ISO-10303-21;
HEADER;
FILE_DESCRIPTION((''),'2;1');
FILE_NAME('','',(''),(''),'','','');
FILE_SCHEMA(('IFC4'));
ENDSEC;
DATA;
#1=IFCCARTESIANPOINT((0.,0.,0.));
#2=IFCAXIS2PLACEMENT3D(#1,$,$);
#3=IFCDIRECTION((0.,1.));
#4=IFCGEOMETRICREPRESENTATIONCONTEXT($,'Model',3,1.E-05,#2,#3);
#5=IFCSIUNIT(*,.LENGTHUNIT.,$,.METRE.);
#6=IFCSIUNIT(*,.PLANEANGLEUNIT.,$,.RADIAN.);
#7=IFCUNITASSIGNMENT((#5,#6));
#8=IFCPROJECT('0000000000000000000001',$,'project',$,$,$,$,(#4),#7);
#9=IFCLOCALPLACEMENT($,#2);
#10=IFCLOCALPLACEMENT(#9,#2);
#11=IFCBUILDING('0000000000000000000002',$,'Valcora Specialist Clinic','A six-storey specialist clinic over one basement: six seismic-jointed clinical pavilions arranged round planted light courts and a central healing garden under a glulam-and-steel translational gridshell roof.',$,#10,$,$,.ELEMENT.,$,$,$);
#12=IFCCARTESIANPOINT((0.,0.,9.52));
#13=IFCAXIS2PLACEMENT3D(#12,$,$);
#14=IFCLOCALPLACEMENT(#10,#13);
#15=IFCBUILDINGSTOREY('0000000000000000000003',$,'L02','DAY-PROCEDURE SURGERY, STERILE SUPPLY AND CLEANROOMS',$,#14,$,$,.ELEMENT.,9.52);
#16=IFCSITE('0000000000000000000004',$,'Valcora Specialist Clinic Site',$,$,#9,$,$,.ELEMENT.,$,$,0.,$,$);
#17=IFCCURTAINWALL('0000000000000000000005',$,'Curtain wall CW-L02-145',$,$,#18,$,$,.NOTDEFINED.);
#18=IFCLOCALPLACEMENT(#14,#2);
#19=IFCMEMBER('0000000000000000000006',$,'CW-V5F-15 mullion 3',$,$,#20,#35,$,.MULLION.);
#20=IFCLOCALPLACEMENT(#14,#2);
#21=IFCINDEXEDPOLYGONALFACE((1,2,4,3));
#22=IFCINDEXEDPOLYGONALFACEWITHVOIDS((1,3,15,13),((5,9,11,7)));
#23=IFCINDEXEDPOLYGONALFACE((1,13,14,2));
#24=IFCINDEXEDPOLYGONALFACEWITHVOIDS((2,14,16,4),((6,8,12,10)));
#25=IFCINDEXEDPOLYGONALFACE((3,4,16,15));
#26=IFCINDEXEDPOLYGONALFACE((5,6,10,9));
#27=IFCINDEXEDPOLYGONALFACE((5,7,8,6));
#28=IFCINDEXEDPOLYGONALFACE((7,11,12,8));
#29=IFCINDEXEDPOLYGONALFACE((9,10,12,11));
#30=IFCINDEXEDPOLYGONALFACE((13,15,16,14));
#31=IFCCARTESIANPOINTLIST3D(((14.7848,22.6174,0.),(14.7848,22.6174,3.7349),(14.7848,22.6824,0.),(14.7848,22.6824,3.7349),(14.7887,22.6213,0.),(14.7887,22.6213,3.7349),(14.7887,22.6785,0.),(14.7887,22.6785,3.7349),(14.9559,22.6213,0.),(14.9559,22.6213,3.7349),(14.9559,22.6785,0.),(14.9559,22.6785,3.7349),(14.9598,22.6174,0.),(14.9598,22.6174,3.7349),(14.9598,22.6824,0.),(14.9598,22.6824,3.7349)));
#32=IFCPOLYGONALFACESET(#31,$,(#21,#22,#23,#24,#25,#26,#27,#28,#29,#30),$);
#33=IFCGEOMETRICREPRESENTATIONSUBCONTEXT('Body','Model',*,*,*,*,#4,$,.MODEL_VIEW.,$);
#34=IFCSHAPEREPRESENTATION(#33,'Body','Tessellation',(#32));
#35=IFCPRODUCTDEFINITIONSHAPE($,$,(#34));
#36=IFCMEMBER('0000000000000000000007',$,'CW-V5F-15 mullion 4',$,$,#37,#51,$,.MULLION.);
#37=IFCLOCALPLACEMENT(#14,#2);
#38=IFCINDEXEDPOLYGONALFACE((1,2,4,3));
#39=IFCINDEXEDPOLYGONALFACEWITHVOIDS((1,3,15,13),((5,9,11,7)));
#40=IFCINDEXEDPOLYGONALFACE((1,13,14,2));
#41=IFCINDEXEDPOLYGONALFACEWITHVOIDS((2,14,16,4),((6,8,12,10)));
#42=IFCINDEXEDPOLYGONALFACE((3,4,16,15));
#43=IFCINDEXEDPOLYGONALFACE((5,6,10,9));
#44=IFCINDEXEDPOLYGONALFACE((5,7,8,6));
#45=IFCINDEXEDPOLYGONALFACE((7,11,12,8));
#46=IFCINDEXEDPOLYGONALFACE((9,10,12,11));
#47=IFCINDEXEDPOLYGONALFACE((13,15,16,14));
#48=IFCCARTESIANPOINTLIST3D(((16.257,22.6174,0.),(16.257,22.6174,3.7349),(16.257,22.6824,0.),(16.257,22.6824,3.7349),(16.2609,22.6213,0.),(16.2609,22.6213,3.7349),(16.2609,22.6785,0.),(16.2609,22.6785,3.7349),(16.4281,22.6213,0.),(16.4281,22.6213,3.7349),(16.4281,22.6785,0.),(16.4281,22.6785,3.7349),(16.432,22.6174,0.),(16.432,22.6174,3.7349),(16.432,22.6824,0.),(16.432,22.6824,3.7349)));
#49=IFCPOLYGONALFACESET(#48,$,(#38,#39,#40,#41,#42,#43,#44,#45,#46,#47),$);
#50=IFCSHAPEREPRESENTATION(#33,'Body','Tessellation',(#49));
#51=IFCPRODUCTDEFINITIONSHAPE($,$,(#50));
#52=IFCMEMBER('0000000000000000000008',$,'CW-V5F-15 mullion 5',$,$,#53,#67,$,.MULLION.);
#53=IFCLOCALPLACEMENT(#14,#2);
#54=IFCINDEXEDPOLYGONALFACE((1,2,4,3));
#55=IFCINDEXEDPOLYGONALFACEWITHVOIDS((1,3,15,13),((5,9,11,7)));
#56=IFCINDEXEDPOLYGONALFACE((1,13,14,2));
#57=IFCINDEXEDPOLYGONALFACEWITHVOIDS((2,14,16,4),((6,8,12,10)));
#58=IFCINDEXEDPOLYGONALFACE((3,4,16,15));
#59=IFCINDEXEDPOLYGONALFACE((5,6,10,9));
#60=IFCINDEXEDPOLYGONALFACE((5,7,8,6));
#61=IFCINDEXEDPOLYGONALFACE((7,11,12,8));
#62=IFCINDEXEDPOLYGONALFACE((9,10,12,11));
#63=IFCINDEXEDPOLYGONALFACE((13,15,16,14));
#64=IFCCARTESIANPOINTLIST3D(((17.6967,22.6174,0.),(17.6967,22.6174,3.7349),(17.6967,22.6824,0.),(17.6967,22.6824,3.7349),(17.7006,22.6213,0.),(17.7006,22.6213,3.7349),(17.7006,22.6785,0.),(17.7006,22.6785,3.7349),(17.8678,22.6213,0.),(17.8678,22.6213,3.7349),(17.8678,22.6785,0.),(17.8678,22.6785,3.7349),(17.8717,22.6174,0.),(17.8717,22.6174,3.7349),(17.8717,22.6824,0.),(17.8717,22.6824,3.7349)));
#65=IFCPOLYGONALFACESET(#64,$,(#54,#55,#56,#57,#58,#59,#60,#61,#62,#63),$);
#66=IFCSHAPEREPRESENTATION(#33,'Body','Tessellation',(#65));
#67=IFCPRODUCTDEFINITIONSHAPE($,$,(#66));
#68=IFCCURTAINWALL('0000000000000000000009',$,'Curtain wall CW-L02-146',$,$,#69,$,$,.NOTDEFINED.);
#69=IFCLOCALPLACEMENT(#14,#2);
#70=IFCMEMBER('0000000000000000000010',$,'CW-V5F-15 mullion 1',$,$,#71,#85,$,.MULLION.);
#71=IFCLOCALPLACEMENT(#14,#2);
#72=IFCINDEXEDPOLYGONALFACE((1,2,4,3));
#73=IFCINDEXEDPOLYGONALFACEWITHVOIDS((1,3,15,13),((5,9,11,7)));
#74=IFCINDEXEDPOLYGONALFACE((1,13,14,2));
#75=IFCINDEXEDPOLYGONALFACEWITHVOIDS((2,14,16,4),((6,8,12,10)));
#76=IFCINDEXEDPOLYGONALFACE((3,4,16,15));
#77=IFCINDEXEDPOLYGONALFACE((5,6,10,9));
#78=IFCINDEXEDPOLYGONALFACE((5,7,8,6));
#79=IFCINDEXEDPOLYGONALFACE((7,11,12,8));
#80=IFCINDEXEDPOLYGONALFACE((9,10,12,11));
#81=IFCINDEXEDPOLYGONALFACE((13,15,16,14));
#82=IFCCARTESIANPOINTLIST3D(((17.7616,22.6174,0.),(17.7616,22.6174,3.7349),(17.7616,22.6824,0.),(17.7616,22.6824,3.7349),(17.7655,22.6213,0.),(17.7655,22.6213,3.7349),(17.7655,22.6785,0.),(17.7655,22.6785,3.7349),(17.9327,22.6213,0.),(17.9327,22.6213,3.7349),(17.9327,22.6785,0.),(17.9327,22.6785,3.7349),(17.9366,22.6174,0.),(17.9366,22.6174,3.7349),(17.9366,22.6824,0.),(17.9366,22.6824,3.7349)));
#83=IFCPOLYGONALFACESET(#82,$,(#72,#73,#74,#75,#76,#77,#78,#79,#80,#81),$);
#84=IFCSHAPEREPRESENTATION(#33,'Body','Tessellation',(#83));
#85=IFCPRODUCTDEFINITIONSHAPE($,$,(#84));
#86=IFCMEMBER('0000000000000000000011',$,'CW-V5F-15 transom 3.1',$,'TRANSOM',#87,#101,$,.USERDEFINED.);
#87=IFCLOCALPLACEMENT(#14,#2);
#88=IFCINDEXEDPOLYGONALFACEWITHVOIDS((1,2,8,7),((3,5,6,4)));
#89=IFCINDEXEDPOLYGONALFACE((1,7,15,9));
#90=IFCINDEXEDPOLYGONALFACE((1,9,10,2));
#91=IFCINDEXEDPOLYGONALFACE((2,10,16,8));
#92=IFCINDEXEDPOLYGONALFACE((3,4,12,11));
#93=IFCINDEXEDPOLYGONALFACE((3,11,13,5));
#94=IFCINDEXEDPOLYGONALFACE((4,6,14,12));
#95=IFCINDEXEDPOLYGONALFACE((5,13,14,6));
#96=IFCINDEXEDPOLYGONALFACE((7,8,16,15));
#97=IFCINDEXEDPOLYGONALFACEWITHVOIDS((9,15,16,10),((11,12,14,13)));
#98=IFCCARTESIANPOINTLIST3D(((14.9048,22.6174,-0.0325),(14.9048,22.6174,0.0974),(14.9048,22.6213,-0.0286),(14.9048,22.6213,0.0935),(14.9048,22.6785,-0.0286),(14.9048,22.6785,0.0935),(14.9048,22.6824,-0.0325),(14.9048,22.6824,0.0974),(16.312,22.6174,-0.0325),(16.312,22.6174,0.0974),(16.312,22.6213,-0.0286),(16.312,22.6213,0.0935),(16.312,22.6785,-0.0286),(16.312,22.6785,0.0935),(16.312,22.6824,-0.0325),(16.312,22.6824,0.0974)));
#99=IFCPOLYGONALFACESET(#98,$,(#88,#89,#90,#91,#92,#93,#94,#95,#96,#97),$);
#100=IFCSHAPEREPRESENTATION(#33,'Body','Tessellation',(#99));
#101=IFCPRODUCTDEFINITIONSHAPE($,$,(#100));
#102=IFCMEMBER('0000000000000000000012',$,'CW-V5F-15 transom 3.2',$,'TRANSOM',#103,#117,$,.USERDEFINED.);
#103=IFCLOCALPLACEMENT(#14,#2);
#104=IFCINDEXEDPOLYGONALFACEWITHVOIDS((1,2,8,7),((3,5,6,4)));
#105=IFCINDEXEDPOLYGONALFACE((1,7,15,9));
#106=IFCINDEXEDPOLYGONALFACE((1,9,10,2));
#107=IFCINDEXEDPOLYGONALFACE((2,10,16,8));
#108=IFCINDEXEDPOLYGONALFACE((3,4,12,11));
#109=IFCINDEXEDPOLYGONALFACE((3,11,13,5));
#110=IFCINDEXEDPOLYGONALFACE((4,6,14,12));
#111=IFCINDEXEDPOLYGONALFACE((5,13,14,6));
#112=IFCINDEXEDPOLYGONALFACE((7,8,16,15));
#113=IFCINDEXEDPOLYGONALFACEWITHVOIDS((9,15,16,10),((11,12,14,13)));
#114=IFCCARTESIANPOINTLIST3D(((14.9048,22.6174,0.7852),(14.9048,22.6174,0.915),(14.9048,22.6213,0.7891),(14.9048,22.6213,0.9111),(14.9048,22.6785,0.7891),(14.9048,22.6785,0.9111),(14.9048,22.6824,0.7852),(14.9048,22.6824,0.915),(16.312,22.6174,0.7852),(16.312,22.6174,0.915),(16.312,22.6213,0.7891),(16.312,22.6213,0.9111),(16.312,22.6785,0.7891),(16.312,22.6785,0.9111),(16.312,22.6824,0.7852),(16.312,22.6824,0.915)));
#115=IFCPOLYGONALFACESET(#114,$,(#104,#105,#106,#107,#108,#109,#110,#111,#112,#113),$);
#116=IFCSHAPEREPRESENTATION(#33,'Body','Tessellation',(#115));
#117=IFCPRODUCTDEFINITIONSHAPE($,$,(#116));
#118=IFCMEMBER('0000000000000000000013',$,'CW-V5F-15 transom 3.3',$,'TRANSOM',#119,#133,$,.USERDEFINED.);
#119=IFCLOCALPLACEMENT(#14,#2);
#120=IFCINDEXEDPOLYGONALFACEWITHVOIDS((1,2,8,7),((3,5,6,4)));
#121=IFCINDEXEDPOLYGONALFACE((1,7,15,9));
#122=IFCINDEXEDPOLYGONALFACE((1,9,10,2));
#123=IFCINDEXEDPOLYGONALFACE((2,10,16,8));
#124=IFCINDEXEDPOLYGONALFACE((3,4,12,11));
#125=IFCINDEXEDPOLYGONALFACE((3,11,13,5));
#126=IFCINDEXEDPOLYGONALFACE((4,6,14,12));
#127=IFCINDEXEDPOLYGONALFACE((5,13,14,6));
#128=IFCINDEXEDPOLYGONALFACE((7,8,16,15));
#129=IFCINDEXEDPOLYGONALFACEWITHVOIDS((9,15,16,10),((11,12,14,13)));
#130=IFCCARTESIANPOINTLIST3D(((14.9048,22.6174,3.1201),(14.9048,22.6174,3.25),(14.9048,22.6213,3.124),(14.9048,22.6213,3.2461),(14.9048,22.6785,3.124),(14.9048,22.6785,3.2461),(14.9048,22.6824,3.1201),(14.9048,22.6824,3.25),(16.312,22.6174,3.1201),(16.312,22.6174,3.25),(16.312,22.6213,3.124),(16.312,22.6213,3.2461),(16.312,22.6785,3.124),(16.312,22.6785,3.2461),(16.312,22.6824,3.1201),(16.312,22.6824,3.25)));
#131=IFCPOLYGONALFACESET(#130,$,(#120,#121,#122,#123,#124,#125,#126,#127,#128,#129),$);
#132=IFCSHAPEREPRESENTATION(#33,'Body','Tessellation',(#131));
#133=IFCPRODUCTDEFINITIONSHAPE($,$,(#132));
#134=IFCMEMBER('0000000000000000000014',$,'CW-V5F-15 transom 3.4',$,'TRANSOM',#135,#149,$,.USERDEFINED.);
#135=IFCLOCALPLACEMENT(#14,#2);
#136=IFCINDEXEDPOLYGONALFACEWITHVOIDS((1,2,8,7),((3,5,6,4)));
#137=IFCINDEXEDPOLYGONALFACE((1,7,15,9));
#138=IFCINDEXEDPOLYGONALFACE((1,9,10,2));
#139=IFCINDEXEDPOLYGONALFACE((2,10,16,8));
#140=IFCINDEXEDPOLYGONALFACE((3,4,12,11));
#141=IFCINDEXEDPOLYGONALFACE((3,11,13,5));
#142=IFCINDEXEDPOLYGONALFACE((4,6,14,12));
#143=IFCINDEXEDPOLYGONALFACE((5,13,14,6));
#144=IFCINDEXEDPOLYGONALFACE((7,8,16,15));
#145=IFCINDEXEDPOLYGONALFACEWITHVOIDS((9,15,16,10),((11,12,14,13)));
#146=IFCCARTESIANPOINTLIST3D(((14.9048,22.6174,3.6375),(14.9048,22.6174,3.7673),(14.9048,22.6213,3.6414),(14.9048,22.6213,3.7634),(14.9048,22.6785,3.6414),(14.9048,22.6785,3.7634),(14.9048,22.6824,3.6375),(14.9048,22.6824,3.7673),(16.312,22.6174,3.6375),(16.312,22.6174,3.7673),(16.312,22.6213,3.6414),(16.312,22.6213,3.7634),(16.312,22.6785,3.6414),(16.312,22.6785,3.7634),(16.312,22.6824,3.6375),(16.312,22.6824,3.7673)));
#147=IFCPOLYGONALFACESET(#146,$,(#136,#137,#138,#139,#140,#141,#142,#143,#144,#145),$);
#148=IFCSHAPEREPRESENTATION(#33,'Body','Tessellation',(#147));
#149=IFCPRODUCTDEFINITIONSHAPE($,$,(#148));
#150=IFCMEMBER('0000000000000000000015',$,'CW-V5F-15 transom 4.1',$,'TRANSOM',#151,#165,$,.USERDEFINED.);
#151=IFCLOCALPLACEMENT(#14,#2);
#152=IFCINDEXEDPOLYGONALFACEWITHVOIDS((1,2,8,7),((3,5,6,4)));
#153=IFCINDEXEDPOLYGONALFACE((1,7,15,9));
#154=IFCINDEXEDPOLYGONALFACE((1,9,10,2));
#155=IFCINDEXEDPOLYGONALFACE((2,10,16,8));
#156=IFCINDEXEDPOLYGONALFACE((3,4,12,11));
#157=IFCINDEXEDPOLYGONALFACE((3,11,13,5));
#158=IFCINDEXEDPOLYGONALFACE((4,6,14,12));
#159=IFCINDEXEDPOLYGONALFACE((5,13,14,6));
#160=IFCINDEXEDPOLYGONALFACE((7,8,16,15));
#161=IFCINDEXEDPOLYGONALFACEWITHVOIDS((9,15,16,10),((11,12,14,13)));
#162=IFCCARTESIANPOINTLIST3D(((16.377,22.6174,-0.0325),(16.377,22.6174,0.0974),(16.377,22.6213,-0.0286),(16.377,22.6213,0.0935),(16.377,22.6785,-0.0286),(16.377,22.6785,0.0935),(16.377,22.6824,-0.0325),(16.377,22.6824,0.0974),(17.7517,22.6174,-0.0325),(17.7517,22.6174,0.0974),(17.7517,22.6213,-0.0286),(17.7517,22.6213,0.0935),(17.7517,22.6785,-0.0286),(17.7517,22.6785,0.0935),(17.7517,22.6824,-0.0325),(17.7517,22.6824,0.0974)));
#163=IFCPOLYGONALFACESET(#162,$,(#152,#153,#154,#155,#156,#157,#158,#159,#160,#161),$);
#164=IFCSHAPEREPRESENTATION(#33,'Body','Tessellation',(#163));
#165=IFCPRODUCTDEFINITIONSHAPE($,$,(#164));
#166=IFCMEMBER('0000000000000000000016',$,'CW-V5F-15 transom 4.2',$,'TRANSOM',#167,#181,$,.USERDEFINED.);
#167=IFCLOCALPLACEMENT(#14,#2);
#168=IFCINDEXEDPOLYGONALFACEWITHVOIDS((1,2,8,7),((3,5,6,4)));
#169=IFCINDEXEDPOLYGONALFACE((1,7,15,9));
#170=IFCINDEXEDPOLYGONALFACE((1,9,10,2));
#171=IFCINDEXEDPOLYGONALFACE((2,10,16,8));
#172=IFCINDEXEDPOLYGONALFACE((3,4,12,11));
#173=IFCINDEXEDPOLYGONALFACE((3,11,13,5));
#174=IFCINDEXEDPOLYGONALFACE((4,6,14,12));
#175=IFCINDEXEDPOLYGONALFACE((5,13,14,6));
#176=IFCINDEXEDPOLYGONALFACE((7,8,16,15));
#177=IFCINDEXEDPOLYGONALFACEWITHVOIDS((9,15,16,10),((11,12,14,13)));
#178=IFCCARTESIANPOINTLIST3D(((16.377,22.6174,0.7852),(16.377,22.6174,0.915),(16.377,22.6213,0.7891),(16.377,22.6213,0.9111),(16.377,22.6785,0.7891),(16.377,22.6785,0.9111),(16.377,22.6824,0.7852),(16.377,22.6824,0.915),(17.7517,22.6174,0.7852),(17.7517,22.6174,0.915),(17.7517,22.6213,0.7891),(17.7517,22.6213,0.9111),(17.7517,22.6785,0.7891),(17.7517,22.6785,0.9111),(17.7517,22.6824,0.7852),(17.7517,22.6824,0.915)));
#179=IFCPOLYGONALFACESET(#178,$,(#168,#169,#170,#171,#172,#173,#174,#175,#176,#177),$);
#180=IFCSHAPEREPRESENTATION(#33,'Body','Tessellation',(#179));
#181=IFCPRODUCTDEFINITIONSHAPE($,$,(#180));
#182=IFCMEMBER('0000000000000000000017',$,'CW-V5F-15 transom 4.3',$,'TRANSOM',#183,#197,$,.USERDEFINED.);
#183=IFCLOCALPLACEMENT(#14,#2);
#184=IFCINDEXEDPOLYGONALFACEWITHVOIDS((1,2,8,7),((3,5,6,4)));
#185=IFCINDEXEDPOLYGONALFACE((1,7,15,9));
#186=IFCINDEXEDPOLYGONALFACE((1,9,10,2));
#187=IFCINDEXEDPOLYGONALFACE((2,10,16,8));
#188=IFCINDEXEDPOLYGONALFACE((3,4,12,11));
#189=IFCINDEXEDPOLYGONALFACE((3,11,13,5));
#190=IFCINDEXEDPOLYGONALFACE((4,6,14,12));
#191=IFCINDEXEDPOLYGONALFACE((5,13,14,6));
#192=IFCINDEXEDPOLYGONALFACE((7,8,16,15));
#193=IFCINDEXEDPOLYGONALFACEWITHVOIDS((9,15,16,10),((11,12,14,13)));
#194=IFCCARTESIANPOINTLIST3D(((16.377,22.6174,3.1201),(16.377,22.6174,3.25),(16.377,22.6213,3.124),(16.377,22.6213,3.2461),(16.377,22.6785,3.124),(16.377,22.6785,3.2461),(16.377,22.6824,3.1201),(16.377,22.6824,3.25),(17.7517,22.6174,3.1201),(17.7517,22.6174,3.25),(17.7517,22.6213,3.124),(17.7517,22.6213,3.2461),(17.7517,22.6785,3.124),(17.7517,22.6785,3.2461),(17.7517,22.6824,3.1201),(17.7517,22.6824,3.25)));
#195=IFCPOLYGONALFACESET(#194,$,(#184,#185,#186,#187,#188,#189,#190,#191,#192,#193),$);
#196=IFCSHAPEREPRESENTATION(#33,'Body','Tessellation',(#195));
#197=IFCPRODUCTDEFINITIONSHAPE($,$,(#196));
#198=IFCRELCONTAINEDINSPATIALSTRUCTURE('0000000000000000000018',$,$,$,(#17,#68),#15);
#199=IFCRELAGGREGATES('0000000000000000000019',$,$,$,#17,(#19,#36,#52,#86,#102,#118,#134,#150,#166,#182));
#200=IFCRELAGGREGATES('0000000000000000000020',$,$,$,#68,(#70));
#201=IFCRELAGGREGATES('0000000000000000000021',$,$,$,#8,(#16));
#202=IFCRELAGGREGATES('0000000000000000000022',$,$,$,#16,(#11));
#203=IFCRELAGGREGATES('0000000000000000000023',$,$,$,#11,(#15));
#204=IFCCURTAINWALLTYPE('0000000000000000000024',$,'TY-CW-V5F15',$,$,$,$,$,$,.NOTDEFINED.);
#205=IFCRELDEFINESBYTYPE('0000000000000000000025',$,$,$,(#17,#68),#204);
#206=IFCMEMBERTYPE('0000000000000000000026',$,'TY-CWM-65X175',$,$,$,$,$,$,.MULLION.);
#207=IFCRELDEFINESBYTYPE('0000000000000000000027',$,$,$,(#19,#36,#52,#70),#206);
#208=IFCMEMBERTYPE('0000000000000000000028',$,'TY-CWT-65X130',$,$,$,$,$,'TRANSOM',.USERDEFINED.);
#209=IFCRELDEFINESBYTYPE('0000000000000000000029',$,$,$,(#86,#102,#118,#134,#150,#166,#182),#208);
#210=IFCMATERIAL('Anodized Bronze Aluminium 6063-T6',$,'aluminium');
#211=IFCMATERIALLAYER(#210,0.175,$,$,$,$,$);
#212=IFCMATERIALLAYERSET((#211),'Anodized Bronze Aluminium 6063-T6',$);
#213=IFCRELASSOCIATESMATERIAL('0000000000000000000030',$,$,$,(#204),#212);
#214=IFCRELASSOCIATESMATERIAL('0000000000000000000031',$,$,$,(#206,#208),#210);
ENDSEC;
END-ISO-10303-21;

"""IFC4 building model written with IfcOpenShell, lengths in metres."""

from ifc_helpers import new_model, si_unit, direction, frame, origin, origin_2d, place, context, subcontext, project, spatial, hollow_rectangle, extrude, material, layer, layer_set, material_profile, profile_set, type_object, element, aggregate, save


model = new_model("IFC4")

# Units and contexts
model_context = context("Model", 3, precision=1e-05, world=origin(), true_north=direction((0.0, 1.0)))
body_context = subcontext(model_context, "Body", "Model", "MODEL_VIEW")
ifc_project = project(units=[si_unit("LENGTHUNIT", "METRE"), si_unit("PLANEANGLEUNIT", "RADIAN")], contexts=[model_context])

# Site, building, storey
site_placement = place(None, origin())
site = spatial("IfcSite", under=ifc_project, at=site_placement, Name="Valcora Specialist Clinic Site", CompositionType="ELEMENT", RefElevation=0.0)
building_placement = place(site_placement, origin())
building = spatial("IfcBuilding", under=site, at=building_placement, Name="Valcora Specialist Clinic", Description="A six-storey specialist clinic over one basement: six seismic-jointed clinical pavilions arranged round planted light courts and a central healing garden under a glulam-and-steel translational gridshell roof.", CompositionType="ELEMENT")
storey_placement = place(building_placement, frame((0.0, 0.0, 9.52)))
storey = spatial("IfcBuildingStorey", under=building, at=storey_placement, Name="L02", Description="DAY-PROCEDURE SURGERY, STERILE SUPPLY AND CLEANROOMS", CompositionType="ELEMENT", Elevation=9.52)

# Curtain wall, members
ifc_material_1 = material(Name="Anodized Bronze Aluminium 6063-T6", Category="aluminium")
ifc_layer_1 = layer(ifc_material_1, 0.175)
ifc_layer_set_1 = layer_set([ifc_layer_1], Name="Anodized Bronze Aluminium 6063-T6")
curtain_wall_type = type_object("IfcCurtainWallType", Name="TY-CW-V5F15", PredefinedType="NOTDEFINED", material=ifc_layer_set_1)
curtain_wall_1_placement = place(storey_placement, origin())
curtain_wall_1 = element("IfcCurtainWall", 1, at=curtain_wall_1_placement, inside=storey, type_object=curtain_wall_type, Name="Curtain wall CW-L02-145", PredefinedType="NOTDEFINED")
ifc_material_profile_1 = material_profile(ifc_material_1, hollow_rectangle(XDim=0.0649, YDim=0.175, WallThickness=0.0039, at=origin_2d()), Name="AL-MUL-65X175")
ifc_profile_set_1 = profile_set([ifc_material_profile_1], Name="Anodized Bronze Aluminium 6063-T6")
member_type_1 = type_object("IfcMemberType", Name="TY-CWM-65X175", PredefinedType="MULLION", material=ifc_profile_set_1)
member_1_placement = place(storey_placement, frame((14.8723, 22.6499, 0.0), z_axis=(0.0, 0.0, 1.0), x_axis=(0.0, 1.0, 0.0)))
member_1 = element("IfcMember", 2, at=member_1_placement, type_object=member_type_1, Name="CW-V5F-15 mullion 3", PredefinedType="MULLION", context=body_context, shape_type="SweptSolid", body=[
    extrude(hollow_rectangle(XDim=0.0649, YDim=0.175, WallThickness=0.0039, at=origin_2d()), origin(), (0.0, 0.0, 1.0), 3.7349),
])
member_2_placement = place(storey_placement, frame((16.3445, 22.6499, 0.0), z_axis=(0.0, 0.0, 1.0), x_axis=(0.0, 1.0, 0.0)))
member_2 = element("IfcMember", 3, at=member_2_placement, type_object=member_type_1, Name="CW-V5F-15 mullion 4", PredefinedType="MULLION", context=body_context, shape_type="SweptSolid", body=[
    extrude(hollow_rectangle(XDim=0.0649, YDim=0.175, WallThickness=0.0039, at=origin_2d()), origin(), (0.0, 0.0, 1.0), 3.7349),
])
member_3_placement = place(storey_placement, frame((17.7842, 22.6499, 0.0), z_axis=(0.0, 0.0, 1.0), x_axis=(0.0, 1.0, 0.0)))
member_3 = element("IfcMember", 4, at=member_3_placement, type_object=member_type_1, Name="CW-V5F-15 mullion 5", PredefinedType="MULLION", context=body_context, shape_type="SweptSolid", body=[
    extrude(hollow_rectangle(XDim=0.0649, YDim=0.175, WallThickness=0.0039, at=origin_2d()), origin(), (0.0, 0.0, 1.0), 3.7349),
])

# Curtain wall, member
curtain_wall_2_placement = place(storey_placement, origin())
curtain_wall_2 = element("IfcCurtainWall", 5, at=curtain_wall_2_placement, inside=storey, type_object=curtain_wall_type, Name="Curtain wall CW-L02-146", PredefinedType="NOTDEFINED")
member_4_placement = place(storey_placement, frame((17.8491, 22.6499, 0.0), z_axis=(0.0, 0.0, 1.0), x_axis=(0.0, 1.0, 0.0)))
member_4 = element("IfcMember", 6, at=member_4_placement, type_object=member_type_1, Name="CW-V5F-15 mullion 1", PredefinedType="MULLION", context=body_context, shape_type="SweptSolid", body=[
    extrude(hollow_rectangle(XDim=0.0649, YDim=0.175, WallThickness=0.0039, at=origin_2d()), origin(), (0.0, 0.0, 1.0), 3.7349),
])

# Members
ifc_material_profile_2 = material_profile(ifc_material_1, hollow_rectangle(XDim=0.0649, YDim=0.1299, WallThickness=0.0039, at=origin_2d()), Name="AL-TRN-65X130")
ifc_profile_set_2 = profile_set([ifc_material_profile_2], Name="Anodized Bronze Aluminium 6063-T6")
member_type_2 = type_object("IfcMemberType", Name="TY-CWT-65X130", ElementType="TRANSOM", PredefinedType="USERDEFINED", material=ifc_profile_set_2)
member_5_placement = place(storey_placement, frame((14.9048, 22.6499, 0.0325), z_axis=(1.0, 0.0, 0.0), x_axis=(0.0, 1.0, 0.0)))
member_5 = element("IfcMember", 7, at=member_5_placement, type_object=member_type_2, Name="CW-V5F-15 transom 3.1", ObjectType="TRANSOM", PredefinedType="USERDEFINED", context=body_context, shape_type="SweptSolid", body=[
    extrude(hollow_rectangle(XDim=0.0649, YDim=0.1299, WallThickness=0.0039, at=origin_2d()), origin(), (0.0, 0.0, 1.0), 1.4072),
])
member_6_placement = place(storey_placement, frame((14.9048, 22.6499, 0.8501), z_axis=(1.0, 0.0, 0.0), x_axis=(0.0, 1.0, 0.0)))
member_6 = element("IfcMember", 8, at=member_6_placement, type_object=member_type_2, Name="CW-V5F-15 transom 3.2", ObjectType="TRANSOM", PredefinedType="USERDEFINED", context=body_context, shape_type="SweptSolid", body=[
    extrude(hollow_rectangle(XDim=0.0649, YDim=0.1299, WallThickness=0.0039, at=origin_2d()), origin(), (0.0, 0.0, 1.0), 1.4072),
])
member_7_placement = place(storey_placement, frame((14.9048, 22.6499, 3.1851), z_axis=(1.0, 0.0, 0.0), x_axis=(0.0, 1.0, 0.0)))
member_7 = element("IfcMember", 9, at=member_7_placement, type_object=member_type_2, Name="CW-V5F-15 transom 3.3", ObjectType="TRANSOM", PredefinedType="USERDEFINED", context=body_context, shape_type="SweptSolid", body=[
    extrude(hollow_rectangle(XDim=0.0649, YDim=0.1299, WallThickness=0.0039, at=origin_2d()), origin(), (0.0, 0.0, 1.0), 1.4072),
])
member_8_placement = place(storey_placement, frame((14.9048, 22.6499, 3.7024), z_axis=(1.0, 0.0, 0.0), x_axis=(0.0, 1.0, 0.0)))
member_8 = element("IfcMember", 10, at=member_8_placement, type_object=member_type_2, Name="CW-V5F-15 transom 3.4", ObjectType="TRANSOM", PredefinedType="USERDEFINED", context=body_context, shape_type="SweptSolid", body=[
    extrude(hollow_rectangle(XDim=0.0649, YDim=0.1299, WallThickness=0.0039, at=origin_2d()), origin(), (0.0, 0.0, 1.0), 1.4072),
])
member_9_placement = place(storey_placement, frame((16.377, 22.6499, 0.0325), z_axis=(1.0, 0.0, 0.0), x_axis=(0.0, 1.0, 0.0)))
member_9 = element("IfcMember", 11, at=member_9_placement, type_object=member_type_2, Name="CW-V5F-15 transom 4.1", ObjectType="TRANSOM", PredefinedType="USERDEFINED", context=body_context, shape_type="SweptSolid", body=[
    extrude(hollow_rectangle(XDim=0.0649, YDim=0.1299, WallThickness=0.0039, at=origin_2d()), origin(), (0.0, 0.0, 1.0), 1.3748),
])
member_10_placement = place(storey_placement, frame((16.377, 22.6499, 0.8501), z_axis=(1.0, 0.0, 0.0), x_axis=(0.0, 1.0, 0.0)))
member_10 = element("IfcMember", 12, at=member_10_placement, type_object=member_type_2, Name="CW-V5F-15 transom 4.2", ObjectType="TRANSOM", PredefinedType="USERDEFINED", context=body_context, shape_type="SweptSolid", body=[
    extrude(hollow_rectangle(XDim=0.0649, YDim=0.1299, WallThickness=0.0039, at=origin_2d()), origin(), (0.0, 0.0, 1.0), 1.3748),
])
member_11_placement = place(storey_placement, frame((16.377, 22.6499, 3.1851), z_axis=(1.0, 0.0, 0.0), x_axis=(0.0, 1.0, 0.0)))
member_11 = element("IfcMember", 13, at=member_11_placement, type_object=member_type_2, Name="CW-V5F-15 transom 4.3", ObjectType="TRANSOM", PredefinedType="USERDEFINED", context=body_context, shape_type="SweptSolid", body=[
    extrude(hollow_rectangle(XDim=0.0649, YDim=0.1299, WallThickness=0.0039, at=origin_2d()), origin(), (0.0, 0.0, 1.0), 1.3748),
])

aggregate(curtain_wall_1, [member_1, member_2, member_3, member_5, member_6, member_7, member_8, member_9, member_10, member_11])
aggregate(curtain_wall_2, [member_4])

save(model, "model.ifc")
